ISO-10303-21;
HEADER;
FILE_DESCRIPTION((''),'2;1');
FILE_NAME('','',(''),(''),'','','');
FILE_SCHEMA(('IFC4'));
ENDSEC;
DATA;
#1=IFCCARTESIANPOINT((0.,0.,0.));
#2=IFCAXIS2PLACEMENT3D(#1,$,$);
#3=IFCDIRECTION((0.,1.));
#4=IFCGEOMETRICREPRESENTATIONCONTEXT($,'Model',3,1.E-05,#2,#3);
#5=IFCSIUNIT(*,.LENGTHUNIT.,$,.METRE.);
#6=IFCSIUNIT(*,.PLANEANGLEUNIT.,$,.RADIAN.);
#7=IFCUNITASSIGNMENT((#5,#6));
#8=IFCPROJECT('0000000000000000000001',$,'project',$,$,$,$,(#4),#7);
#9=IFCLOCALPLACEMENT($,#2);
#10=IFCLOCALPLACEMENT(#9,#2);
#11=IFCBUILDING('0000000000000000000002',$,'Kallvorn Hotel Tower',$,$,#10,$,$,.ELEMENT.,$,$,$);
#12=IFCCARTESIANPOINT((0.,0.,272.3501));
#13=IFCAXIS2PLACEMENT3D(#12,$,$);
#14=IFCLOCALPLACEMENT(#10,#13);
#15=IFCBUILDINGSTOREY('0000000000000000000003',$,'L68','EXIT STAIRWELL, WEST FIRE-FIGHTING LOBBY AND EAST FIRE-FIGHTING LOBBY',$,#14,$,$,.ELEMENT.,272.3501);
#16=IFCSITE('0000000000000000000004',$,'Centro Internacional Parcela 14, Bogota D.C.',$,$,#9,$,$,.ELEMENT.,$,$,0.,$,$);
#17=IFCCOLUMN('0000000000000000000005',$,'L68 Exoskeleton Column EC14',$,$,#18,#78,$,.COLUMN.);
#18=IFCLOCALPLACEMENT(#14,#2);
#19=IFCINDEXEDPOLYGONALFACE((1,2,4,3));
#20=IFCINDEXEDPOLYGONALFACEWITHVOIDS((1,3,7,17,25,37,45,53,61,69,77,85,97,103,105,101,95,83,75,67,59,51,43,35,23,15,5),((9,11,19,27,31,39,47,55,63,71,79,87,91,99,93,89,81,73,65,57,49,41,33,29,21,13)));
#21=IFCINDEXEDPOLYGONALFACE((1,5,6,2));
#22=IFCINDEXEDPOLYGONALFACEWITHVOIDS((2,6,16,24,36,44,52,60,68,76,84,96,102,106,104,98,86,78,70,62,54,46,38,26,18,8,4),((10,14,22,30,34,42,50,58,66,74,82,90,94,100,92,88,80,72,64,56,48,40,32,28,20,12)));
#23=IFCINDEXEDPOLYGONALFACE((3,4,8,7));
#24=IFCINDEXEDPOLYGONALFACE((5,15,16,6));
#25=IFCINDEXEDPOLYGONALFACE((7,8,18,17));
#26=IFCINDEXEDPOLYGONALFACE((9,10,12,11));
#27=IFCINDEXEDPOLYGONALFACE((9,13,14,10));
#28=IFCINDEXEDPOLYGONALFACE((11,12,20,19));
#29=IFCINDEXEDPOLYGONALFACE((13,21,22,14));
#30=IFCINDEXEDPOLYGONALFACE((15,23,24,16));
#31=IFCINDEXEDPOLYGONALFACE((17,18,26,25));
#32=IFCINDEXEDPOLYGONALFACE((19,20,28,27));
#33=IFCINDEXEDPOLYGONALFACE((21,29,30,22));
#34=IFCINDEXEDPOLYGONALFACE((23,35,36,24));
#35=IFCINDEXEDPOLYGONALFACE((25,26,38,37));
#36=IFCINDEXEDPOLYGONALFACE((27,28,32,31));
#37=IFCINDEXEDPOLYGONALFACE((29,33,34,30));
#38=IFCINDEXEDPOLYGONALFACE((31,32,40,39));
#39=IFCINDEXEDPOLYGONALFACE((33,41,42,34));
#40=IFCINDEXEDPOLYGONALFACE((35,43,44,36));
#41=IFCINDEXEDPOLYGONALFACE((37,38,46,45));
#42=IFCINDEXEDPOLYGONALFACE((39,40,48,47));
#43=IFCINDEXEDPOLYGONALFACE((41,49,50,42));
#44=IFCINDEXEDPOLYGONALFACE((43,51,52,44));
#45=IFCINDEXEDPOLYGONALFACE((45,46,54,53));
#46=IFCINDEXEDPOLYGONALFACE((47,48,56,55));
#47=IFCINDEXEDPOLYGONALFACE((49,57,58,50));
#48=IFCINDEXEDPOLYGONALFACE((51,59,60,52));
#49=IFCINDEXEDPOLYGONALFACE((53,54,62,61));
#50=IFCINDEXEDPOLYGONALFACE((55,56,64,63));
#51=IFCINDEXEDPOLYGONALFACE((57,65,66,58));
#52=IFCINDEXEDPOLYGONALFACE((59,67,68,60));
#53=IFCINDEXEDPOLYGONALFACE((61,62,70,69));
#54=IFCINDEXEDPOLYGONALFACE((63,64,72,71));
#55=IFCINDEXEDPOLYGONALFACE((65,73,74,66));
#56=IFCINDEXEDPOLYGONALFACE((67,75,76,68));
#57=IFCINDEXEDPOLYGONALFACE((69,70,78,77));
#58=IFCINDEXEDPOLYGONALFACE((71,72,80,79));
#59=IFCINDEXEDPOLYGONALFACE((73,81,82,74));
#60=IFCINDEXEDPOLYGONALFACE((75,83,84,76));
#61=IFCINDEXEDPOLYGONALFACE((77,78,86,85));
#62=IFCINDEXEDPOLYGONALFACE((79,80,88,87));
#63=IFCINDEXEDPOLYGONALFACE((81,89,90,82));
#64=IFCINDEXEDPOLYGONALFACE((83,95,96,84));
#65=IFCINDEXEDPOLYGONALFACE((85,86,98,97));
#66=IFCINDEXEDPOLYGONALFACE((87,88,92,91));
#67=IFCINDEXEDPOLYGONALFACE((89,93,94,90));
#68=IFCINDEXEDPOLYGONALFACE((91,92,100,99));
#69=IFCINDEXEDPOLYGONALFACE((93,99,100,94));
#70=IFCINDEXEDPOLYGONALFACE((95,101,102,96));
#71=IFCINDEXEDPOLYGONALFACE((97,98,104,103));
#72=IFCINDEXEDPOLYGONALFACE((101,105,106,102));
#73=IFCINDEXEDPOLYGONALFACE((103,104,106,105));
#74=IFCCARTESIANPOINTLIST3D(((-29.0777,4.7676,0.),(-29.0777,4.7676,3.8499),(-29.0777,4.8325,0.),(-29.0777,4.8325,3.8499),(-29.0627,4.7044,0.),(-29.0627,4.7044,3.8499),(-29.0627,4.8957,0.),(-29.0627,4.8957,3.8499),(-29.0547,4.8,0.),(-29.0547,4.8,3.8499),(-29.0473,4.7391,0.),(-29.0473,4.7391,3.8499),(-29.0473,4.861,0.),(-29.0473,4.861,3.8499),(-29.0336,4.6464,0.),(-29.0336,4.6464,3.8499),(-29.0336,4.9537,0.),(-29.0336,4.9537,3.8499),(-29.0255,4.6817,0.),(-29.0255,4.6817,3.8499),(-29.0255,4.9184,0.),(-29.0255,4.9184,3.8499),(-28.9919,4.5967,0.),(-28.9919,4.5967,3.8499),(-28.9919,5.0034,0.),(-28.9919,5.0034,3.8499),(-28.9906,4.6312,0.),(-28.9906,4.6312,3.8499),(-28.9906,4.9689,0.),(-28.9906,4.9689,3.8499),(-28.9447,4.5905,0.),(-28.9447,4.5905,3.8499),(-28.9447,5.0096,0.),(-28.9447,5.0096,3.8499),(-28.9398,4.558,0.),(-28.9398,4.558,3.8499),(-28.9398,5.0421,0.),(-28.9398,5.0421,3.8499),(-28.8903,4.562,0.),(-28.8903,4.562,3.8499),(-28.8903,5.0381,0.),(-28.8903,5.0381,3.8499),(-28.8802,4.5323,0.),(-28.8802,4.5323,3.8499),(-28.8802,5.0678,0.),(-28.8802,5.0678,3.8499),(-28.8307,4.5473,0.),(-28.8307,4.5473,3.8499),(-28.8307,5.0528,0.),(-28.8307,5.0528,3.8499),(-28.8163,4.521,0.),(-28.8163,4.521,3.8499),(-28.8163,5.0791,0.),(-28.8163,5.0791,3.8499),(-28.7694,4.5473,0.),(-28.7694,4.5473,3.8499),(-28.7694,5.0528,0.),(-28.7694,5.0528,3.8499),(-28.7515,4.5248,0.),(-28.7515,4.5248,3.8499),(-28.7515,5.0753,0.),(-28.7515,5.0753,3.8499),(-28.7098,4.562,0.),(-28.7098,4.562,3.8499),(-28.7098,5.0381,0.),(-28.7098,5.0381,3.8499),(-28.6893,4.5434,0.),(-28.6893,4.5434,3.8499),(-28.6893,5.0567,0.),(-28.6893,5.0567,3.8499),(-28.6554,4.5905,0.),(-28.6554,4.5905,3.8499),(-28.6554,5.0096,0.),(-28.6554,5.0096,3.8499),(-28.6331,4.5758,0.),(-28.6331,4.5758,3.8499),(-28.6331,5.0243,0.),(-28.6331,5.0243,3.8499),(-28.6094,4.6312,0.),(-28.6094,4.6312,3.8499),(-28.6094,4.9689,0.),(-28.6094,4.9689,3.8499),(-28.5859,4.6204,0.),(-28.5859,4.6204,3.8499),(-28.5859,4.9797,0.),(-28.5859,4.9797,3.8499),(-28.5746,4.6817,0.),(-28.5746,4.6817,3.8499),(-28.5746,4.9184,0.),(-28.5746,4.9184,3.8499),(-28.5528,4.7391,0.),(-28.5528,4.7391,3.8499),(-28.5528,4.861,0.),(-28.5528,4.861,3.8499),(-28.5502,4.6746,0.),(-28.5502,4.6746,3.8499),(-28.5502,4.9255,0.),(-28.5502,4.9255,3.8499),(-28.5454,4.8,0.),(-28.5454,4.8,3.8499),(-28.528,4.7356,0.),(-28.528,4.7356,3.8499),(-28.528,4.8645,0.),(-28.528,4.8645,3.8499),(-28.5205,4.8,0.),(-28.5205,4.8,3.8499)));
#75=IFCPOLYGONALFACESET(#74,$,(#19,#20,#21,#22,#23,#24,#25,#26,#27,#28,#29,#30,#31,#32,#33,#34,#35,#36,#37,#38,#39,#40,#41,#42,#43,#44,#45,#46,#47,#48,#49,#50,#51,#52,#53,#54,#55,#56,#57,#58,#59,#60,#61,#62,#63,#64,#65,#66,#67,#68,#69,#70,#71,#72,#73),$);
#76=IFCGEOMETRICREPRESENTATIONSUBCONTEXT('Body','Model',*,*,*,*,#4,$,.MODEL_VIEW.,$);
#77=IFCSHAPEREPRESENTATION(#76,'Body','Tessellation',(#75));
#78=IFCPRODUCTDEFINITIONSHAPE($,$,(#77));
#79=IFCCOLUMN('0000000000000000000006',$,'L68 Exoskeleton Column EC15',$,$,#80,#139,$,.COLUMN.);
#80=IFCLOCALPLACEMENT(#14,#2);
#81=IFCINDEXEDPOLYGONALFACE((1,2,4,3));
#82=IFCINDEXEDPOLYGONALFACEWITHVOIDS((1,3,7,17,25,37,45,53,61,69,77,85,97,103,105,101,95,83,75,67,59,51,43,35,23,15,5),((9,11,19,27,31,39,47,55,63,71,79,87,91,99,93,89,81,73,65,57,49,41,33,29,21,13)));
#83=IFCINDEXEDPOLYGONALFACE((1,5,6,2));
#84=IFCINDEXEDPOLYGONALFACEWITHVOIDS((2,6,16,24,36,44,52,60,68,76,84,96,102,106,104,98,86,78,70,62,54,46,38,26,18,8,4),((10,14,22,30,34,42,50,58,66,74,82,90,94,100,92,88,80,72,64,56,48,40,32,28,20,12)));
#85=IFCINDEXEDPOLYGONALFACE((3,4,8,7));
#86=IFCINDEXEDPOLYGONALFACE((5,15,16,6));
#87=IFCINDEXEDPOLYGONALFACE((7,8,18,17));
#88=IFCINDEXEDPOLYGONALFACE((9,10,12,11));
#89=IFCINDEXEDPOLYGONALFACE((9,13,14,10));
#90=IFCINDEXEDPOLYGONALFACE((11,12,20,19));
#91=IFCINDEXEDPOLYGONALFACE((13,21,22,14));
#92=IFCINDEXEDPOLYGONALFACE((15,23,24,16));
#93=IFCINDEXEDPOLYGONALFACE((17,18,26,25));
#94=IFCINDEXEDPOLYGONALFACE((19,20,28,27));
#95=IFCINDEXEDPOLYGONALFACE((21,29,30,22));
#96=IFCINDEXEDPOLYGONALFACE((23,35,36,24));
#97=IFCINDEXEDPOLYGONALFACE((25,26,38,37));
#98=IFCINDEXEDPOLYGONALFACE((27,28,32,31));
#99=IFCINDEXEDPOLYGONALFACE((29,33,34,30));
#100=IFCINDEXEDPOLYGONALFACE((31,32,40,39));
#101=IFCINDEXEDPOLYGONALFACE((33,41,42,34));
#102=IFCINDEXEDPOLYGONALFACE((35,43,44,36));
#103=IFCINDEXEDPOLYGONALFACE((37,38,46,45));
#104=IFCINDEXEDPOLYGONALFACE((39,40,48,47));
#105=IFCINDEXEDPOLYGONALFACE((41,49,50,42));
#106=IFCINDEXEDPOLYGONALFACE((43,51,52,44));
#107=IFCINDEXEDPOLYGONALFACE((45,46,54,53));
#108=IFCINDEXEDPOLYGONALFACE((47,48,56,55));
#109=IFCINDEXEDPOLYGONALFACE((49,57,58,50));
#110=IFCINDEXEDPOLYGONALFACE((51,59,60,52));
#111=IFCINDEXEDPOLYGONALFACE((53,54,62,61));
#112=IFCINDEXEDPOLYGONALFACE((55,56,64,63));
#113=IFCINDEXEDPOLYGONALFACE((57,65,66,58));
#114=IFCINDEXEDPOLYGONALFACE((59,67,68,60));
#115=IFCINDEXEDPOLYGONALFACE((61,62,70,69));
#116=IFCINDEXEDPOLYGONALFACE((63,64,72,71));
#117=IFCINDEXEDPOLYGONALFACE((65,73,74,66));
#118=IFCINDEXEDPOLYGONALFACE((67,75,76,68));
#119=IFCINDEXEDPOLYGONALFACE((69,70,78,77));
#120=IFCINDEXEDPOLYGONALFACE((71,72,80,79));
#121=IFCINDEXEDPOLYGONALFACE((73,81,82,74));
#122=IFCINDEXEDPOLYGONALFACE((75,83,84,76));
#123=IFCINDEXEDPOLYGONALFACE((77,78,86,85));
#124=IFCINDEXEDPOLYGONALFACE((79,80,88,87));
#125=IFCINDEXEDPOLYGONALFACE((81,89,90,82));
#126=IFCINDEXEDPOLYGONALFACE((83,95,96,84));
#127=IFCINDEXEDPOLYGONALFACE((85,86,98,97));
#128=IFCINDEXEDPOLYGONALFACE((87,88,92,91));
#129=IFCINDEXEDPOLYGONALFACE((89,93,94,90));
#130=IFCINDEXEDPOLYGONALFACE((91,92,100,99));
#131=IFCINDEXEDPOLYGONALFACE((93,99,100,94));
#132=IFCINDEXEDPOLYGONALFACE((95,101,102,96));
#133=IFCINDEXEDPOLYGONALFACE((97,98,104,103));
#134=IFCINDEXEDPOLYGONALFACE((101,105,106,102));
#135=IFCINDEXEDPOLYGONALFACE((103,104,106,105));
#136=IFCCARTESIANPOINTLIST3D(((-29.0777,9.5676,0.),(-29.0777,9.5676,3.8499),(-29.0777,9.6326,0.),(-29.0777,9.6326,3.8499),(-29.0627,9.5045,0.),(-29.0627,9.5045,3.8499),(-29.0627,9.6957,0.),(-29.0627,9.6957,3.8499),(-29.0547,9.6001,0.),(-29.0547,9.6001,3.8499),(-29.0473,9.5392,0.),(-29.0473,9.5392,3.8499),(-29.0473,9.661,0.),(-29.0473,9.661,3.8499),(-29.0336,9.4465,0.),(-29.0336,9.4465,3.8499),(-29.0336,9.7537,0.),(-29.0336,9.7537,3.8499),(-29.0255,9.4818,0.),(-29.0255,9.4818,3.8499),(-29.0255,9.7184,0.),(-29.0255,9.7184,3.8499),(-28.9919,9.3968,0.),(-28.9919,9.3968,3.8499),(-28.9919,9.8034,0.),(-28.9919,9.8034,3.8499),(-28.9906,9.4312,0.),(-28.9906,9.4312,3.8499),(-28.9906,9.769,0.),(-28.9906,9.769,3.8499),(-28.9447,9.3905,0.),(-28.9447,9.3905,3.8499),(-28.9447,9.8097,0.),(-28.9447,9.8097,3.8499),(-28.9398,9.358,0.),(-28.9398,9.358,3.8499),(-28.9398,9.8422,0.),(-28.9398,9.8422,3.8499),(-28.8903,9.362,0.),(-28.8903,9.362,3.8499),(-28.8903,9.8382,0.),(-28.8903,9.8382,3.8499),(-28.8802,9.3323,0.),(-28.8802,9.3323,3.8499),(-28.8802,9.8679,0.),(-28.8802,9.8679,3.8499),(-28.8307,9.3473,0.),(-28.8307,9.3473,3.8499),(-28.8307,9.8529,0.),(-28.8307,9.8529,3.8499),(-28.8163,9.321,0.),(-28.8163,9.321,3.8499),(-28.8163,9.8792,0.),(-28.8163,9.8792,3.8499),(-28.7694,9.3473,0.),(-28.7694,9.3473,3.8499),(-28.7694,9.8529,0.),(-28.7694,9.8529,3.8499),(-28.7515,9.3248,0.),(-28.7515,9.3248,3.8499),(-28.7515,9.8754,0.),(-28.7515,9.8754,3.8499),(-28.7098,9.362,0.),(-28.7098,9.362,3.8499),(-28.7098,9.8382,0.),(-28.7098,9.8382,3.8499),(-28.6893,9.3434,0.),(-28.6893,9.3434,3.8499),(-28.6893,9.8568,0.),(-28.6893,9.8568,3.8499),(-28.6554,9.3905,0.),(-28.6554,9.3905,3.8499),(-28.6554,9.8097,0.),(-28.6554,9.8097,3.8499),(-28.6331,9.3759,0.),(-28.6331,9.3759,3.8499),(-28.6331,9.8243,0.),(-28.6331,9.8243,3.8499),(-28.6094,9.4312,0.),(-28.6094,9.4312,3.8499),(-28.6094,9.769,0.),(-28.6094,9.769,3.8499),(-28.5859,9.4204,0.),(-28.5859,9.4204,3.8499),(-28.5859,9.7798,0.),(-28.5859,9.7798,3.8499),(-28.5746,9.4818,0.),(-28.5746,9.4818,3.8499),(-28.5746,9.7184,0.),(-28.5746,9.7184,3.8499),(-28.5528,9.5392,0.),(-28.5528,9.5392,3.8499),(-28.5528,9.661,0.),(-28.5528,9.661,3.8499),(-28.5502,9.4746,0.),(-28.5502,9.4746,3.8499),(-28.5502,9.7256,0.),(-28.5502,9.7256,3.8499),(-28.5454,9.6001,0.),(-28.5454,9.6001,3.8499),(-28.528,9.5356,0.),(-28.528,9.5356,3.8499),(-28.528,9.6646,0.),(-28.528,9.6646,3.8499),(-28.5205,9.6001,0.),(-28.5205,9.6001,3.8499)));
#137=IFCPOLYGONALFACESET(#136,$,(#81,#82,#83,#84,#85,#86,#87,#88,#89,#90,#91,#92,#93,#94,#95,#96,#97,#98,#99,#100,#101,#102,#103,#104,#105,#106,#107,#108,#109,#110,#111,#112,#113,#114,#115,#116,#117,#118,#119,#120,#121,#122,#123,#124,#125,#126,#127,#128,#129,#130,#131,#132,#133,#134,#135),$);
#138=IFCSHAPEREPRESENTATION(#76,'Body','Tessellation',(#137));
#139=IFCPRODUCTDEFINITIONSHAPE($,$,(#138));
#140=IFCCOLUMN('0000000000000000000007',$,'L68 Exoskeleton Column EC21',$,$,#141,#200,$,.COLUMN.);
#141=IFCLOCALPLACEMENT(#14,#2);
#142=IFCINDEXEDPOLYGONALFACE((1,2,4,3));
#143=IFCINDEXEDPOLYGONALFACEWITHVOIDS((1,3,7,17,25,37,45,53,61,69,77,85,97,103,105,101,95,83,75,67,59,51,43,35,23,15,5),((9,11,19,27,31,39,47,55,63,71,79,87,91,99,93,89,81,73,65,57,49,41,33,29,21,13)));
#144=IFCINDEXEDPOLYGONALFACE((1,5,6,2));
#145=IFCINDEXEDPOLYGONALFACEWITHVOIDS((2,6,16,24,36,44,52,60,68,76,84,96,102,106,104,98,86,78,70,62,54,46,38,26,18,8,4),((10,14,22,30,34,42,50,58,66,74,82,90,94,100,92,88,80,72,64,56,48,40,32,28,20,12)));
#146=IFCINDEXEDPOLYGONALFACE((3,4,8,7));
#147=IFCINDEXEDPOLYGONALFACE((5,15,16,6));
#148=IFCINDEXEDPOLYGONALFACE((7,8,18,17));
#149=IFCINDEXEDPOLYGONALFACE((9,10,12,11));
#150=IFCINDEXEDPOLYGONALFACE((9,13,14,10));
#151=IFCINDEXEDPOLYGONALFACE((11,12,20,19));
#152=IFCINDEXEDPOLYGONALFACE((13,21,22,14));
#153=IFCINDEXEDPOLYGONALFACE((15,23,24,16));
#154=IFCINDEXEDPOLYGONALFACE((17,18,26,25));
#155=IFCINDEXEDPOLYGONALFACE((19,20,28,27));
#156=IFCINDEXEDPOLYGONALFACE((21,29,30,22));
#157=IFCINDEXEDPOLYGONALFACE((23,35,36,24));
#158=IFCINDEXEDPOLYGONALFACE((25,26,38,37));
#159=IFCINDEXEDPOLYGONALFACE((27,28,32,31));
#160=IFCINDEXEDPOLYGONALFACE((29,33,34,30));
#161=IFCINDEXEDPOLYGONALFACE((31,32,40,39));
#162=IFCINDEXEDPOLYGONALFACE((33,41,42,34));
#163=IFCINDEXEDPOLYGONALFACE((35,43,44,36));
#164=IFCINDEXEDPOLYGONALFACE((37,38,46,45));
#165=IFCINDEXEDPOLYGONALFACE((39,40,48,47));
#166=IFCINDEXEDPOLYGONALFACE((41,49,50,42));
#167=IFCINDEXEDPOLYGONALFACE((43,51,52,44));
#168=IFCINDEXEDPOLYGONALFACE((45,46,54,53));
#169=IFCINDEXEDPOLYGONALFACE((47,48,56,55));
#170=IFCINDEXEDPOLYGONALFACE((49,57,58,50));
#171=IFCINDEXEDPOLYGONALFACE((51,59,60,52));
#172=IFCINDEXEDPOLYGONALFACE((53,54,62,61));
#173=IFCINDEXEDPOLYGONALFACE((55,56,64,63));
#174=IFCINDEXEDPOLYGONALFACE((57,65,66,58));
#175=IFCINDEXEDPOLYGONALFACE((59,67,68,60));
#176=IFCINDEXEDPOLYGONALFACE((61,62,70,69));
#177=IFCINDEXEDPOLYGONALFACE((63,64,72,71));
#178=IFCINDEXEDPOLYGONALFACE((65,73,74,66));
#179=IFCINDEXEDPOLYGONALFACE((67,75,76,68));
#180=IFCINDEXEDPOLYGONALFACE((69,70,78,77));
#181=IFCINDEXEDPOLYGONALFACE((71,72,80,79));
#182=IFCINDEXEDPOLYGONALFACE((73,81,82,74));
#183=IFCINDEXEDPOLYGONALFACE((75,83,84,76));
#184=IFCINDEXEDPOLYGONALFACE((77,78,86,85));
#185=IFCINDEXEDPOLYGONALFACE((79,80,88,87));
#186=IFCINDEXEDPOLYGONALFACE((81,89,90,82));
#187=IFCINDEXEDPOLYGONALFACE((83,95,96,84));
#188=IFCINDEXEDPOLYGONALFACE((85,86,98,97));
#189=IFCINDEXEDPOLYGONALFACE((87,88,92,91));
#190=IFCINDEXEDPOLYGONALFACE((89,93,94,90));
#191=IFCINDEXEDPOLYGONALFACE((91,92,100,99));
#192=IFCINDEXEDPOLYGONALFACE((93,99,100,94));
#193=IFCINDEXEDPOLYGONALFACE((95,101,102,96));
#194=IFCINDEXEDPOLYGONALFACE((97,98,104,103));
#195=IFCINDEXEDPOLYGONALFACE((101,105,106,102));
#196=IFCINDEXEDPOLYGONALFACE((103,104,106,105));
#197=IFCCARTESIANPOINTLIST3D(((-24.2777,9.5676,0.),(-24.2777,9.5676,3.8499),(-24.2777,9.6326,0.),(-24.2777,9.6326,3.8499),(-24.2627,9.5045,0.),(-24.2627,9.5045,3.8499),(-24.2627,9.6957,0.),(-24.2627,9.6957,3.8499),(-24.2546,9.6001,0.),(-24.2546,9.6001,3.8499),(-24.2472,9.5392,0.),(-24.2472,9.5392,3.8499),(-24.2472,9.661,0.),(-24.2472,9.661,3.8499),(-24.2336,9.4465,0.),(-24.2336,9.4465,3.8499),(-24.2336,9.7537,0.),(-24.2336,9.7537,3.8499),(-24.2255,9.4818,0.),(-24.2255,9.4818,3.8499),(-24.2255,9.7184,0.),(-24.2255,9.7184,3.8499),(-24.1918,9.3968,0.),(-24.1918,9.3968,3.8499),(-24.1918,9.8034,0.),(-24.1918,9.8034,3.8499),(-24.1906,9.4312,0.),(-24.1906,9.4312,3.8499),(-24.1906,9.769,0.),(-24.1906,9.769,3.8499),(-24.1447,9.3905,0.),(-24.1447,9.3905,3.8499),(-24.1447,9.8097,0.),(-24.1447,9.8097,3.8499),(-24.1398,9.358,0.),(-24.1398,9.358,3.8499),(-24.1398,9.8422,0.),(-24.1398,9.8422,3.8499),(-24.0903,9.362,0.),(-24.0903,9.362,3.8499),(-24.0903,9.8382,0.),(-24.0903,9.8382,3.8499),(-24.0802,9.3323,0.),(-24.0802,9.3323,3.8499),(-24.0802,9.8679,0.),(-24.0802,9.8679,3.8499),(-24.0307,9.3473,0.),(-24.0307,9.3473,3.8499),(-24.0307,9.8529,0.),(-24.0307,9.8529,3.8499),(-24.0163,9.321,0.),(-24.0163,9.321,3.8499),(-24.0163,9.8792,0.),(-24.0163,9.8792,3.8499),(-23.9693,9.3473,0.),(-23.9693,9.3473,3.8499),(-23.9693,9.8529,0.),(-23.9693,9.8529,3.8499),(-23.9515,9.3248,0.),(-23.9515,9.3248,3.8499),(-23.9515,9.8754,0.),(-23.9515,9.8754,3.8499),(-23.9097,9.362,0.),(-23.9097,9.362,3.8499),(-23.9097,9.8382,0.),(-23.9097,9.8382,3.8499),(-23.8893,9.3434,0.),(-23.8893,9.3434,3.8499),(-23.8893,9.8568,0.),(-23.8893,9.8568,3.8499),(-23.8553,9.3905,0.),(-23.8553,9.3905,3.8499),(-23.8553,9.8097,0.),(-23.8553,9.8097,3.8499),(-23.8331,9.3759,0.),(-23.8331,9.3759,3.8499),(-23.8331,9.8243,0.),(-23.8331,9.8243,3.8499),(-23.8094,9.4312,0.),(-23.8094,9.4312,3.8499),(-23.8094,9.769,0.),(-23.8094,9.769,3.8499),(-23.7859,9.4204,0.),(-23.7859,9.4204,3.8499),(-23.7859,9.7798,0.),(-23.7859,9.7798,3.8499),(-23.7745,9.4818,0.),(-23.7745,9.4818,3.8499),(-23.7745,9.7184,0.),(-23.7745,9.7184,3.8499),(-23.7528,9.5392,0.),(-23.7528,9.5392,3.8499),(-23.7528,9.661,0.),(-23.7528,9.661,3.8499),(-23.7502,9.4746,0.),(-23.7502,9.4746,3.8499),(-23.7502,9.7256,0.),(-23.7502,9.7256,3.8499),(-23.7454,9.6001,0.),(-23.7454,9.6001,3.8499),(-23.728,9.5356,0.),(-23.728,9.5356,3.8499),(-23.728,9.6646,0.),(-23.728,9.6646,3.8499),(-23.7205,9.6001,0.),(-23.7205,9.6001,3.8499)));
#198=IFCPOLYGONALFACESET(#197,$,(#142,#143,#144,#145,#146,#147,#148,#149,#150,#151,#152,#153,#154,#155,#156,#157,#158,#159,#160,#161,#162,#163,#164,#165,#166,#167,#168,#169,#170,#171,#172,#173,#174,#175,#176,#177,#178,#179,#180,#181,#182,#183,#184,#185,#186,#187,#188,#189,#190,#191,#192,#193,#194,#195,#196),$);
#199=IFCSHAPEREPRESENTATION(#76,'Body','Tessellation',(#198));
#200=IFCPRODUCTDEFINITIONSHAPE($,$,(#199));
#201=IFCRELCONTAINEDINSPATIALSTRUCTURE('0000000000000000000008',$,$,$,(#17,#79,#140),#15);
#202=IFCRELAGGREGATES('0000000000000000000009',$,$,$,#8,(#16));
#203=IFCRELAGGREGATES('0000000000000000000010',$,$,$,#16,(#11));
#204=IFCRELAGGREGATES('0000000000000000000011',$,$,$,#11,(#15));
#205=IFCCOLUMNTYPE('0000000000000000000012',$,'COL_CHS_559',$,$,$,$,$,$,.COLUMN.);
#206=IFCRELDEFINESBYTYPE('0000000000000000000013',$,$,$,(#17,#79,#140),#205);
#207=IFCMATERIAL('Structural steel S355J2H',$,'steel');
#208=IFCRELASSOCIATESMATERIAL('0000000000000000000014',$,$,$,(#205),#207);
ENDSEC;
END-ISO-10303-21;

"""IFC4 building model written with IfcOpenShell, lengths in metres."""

from ifc_helpers import new_model, si_unit, direction, frame, origin, origin_2d, place, context, subcontext, project, spatial, hollow_circle, extrude, material, material_profile, profile_set, type_object, element, save


model = new_model("IFC4")

# Units and contexts
model_context = context("Model", 3, precision=1e-05, world=origin(), true_north=direction((0.0, 1.0)))
body_context = subcontext(model_context, "Body", "Model", "MODEL_VIEW")
ifc_project = project(units=[si_unit("LENGTHUNIT", "METRE"), si_unit("PLANEANGLEUNIT", "RADIAN")], contexts=[model_context])

# Site, building, storey
site_placement = place(None, origin())
site = spatial("IfcSite", under=ifc_project, at=site_placement, Name="Centro Internacional Parcela 14, Bogota D.C.", CompositionType="ELEMENT", RefElevation=0.0)
building_placement = place(site_placement, origin())
building = spatial("IfcBuilding", under=site, at=building_placement, Name="Kallvorn Hotel Tower", CompositionType="ELEMENT")
storey_placement = place(building_placement, frame((0.0, 0.0, 272.3501)))
storey = spatial("IfcBuildingStorey", under=building, at=storey_placement, Name="L68", Description="EXIT STAIRWELL, WEST FIRE-FIGHTING LOBBY AND EAST FIRE-FIGHTING LOBBY", CompositionType="ELEMENT", Elevation=272.3501)

# Columns
ifc_material_1 = material(Name="Structural steel S355J2H", Category="steel")
ifc_material_profile_1 = material_profile(ifc_material_1, hollow_circle(Radius=0.2795, WallThickness=0.0249, at=origin_2d()), Name="CHS 559x25")
ifc_profile_set_1 = profile_set([ifc_material_profile_1], Name="Structural steel S355J2H")
column_type_1 = type_object("IfcColumnType", Name="COL_CHS_559", PredefinedType="COLUMN", material=ifc_profile_set_1)
for number, where, z_axis, x_axis, name in (
    (1, (-28.8, 4.8, 0.0), (0.0, 0.0, 1.0), (1.0, 0.0, 0.0), "L68 Exoskeleton Column EC14"),
    (2, (-28.8, 9.6001, 0.0), (0.0, 0.0, 1.0), (1.0, 0.0, 0.0), "L68 Exoskeleton Column EC15"),
    (3, (-24.0, 9.6001, 0.0), (0.0, 0.0, 1.0), (1.0, 0.0, 0.0), "L68 Exoskeleton Column EC21"),
):
    element("IfcColumn", number, at=place(storey_placement, frame(where, z_axis=z_axis, x_axis=x_axis)), inside=storey, type_object=column_type_1, Name=name, PredefinedType="COLUMN", context=body_context, shape_type="SweptSolid", body=[
        extrude(hollow_circle(Radius=0.2795, WallThickness=0.0249, at=origin_2d()), origin(), (0.0, 0.0, 1.0), 3.8499),
    ])

save(model, "model.ifc")
